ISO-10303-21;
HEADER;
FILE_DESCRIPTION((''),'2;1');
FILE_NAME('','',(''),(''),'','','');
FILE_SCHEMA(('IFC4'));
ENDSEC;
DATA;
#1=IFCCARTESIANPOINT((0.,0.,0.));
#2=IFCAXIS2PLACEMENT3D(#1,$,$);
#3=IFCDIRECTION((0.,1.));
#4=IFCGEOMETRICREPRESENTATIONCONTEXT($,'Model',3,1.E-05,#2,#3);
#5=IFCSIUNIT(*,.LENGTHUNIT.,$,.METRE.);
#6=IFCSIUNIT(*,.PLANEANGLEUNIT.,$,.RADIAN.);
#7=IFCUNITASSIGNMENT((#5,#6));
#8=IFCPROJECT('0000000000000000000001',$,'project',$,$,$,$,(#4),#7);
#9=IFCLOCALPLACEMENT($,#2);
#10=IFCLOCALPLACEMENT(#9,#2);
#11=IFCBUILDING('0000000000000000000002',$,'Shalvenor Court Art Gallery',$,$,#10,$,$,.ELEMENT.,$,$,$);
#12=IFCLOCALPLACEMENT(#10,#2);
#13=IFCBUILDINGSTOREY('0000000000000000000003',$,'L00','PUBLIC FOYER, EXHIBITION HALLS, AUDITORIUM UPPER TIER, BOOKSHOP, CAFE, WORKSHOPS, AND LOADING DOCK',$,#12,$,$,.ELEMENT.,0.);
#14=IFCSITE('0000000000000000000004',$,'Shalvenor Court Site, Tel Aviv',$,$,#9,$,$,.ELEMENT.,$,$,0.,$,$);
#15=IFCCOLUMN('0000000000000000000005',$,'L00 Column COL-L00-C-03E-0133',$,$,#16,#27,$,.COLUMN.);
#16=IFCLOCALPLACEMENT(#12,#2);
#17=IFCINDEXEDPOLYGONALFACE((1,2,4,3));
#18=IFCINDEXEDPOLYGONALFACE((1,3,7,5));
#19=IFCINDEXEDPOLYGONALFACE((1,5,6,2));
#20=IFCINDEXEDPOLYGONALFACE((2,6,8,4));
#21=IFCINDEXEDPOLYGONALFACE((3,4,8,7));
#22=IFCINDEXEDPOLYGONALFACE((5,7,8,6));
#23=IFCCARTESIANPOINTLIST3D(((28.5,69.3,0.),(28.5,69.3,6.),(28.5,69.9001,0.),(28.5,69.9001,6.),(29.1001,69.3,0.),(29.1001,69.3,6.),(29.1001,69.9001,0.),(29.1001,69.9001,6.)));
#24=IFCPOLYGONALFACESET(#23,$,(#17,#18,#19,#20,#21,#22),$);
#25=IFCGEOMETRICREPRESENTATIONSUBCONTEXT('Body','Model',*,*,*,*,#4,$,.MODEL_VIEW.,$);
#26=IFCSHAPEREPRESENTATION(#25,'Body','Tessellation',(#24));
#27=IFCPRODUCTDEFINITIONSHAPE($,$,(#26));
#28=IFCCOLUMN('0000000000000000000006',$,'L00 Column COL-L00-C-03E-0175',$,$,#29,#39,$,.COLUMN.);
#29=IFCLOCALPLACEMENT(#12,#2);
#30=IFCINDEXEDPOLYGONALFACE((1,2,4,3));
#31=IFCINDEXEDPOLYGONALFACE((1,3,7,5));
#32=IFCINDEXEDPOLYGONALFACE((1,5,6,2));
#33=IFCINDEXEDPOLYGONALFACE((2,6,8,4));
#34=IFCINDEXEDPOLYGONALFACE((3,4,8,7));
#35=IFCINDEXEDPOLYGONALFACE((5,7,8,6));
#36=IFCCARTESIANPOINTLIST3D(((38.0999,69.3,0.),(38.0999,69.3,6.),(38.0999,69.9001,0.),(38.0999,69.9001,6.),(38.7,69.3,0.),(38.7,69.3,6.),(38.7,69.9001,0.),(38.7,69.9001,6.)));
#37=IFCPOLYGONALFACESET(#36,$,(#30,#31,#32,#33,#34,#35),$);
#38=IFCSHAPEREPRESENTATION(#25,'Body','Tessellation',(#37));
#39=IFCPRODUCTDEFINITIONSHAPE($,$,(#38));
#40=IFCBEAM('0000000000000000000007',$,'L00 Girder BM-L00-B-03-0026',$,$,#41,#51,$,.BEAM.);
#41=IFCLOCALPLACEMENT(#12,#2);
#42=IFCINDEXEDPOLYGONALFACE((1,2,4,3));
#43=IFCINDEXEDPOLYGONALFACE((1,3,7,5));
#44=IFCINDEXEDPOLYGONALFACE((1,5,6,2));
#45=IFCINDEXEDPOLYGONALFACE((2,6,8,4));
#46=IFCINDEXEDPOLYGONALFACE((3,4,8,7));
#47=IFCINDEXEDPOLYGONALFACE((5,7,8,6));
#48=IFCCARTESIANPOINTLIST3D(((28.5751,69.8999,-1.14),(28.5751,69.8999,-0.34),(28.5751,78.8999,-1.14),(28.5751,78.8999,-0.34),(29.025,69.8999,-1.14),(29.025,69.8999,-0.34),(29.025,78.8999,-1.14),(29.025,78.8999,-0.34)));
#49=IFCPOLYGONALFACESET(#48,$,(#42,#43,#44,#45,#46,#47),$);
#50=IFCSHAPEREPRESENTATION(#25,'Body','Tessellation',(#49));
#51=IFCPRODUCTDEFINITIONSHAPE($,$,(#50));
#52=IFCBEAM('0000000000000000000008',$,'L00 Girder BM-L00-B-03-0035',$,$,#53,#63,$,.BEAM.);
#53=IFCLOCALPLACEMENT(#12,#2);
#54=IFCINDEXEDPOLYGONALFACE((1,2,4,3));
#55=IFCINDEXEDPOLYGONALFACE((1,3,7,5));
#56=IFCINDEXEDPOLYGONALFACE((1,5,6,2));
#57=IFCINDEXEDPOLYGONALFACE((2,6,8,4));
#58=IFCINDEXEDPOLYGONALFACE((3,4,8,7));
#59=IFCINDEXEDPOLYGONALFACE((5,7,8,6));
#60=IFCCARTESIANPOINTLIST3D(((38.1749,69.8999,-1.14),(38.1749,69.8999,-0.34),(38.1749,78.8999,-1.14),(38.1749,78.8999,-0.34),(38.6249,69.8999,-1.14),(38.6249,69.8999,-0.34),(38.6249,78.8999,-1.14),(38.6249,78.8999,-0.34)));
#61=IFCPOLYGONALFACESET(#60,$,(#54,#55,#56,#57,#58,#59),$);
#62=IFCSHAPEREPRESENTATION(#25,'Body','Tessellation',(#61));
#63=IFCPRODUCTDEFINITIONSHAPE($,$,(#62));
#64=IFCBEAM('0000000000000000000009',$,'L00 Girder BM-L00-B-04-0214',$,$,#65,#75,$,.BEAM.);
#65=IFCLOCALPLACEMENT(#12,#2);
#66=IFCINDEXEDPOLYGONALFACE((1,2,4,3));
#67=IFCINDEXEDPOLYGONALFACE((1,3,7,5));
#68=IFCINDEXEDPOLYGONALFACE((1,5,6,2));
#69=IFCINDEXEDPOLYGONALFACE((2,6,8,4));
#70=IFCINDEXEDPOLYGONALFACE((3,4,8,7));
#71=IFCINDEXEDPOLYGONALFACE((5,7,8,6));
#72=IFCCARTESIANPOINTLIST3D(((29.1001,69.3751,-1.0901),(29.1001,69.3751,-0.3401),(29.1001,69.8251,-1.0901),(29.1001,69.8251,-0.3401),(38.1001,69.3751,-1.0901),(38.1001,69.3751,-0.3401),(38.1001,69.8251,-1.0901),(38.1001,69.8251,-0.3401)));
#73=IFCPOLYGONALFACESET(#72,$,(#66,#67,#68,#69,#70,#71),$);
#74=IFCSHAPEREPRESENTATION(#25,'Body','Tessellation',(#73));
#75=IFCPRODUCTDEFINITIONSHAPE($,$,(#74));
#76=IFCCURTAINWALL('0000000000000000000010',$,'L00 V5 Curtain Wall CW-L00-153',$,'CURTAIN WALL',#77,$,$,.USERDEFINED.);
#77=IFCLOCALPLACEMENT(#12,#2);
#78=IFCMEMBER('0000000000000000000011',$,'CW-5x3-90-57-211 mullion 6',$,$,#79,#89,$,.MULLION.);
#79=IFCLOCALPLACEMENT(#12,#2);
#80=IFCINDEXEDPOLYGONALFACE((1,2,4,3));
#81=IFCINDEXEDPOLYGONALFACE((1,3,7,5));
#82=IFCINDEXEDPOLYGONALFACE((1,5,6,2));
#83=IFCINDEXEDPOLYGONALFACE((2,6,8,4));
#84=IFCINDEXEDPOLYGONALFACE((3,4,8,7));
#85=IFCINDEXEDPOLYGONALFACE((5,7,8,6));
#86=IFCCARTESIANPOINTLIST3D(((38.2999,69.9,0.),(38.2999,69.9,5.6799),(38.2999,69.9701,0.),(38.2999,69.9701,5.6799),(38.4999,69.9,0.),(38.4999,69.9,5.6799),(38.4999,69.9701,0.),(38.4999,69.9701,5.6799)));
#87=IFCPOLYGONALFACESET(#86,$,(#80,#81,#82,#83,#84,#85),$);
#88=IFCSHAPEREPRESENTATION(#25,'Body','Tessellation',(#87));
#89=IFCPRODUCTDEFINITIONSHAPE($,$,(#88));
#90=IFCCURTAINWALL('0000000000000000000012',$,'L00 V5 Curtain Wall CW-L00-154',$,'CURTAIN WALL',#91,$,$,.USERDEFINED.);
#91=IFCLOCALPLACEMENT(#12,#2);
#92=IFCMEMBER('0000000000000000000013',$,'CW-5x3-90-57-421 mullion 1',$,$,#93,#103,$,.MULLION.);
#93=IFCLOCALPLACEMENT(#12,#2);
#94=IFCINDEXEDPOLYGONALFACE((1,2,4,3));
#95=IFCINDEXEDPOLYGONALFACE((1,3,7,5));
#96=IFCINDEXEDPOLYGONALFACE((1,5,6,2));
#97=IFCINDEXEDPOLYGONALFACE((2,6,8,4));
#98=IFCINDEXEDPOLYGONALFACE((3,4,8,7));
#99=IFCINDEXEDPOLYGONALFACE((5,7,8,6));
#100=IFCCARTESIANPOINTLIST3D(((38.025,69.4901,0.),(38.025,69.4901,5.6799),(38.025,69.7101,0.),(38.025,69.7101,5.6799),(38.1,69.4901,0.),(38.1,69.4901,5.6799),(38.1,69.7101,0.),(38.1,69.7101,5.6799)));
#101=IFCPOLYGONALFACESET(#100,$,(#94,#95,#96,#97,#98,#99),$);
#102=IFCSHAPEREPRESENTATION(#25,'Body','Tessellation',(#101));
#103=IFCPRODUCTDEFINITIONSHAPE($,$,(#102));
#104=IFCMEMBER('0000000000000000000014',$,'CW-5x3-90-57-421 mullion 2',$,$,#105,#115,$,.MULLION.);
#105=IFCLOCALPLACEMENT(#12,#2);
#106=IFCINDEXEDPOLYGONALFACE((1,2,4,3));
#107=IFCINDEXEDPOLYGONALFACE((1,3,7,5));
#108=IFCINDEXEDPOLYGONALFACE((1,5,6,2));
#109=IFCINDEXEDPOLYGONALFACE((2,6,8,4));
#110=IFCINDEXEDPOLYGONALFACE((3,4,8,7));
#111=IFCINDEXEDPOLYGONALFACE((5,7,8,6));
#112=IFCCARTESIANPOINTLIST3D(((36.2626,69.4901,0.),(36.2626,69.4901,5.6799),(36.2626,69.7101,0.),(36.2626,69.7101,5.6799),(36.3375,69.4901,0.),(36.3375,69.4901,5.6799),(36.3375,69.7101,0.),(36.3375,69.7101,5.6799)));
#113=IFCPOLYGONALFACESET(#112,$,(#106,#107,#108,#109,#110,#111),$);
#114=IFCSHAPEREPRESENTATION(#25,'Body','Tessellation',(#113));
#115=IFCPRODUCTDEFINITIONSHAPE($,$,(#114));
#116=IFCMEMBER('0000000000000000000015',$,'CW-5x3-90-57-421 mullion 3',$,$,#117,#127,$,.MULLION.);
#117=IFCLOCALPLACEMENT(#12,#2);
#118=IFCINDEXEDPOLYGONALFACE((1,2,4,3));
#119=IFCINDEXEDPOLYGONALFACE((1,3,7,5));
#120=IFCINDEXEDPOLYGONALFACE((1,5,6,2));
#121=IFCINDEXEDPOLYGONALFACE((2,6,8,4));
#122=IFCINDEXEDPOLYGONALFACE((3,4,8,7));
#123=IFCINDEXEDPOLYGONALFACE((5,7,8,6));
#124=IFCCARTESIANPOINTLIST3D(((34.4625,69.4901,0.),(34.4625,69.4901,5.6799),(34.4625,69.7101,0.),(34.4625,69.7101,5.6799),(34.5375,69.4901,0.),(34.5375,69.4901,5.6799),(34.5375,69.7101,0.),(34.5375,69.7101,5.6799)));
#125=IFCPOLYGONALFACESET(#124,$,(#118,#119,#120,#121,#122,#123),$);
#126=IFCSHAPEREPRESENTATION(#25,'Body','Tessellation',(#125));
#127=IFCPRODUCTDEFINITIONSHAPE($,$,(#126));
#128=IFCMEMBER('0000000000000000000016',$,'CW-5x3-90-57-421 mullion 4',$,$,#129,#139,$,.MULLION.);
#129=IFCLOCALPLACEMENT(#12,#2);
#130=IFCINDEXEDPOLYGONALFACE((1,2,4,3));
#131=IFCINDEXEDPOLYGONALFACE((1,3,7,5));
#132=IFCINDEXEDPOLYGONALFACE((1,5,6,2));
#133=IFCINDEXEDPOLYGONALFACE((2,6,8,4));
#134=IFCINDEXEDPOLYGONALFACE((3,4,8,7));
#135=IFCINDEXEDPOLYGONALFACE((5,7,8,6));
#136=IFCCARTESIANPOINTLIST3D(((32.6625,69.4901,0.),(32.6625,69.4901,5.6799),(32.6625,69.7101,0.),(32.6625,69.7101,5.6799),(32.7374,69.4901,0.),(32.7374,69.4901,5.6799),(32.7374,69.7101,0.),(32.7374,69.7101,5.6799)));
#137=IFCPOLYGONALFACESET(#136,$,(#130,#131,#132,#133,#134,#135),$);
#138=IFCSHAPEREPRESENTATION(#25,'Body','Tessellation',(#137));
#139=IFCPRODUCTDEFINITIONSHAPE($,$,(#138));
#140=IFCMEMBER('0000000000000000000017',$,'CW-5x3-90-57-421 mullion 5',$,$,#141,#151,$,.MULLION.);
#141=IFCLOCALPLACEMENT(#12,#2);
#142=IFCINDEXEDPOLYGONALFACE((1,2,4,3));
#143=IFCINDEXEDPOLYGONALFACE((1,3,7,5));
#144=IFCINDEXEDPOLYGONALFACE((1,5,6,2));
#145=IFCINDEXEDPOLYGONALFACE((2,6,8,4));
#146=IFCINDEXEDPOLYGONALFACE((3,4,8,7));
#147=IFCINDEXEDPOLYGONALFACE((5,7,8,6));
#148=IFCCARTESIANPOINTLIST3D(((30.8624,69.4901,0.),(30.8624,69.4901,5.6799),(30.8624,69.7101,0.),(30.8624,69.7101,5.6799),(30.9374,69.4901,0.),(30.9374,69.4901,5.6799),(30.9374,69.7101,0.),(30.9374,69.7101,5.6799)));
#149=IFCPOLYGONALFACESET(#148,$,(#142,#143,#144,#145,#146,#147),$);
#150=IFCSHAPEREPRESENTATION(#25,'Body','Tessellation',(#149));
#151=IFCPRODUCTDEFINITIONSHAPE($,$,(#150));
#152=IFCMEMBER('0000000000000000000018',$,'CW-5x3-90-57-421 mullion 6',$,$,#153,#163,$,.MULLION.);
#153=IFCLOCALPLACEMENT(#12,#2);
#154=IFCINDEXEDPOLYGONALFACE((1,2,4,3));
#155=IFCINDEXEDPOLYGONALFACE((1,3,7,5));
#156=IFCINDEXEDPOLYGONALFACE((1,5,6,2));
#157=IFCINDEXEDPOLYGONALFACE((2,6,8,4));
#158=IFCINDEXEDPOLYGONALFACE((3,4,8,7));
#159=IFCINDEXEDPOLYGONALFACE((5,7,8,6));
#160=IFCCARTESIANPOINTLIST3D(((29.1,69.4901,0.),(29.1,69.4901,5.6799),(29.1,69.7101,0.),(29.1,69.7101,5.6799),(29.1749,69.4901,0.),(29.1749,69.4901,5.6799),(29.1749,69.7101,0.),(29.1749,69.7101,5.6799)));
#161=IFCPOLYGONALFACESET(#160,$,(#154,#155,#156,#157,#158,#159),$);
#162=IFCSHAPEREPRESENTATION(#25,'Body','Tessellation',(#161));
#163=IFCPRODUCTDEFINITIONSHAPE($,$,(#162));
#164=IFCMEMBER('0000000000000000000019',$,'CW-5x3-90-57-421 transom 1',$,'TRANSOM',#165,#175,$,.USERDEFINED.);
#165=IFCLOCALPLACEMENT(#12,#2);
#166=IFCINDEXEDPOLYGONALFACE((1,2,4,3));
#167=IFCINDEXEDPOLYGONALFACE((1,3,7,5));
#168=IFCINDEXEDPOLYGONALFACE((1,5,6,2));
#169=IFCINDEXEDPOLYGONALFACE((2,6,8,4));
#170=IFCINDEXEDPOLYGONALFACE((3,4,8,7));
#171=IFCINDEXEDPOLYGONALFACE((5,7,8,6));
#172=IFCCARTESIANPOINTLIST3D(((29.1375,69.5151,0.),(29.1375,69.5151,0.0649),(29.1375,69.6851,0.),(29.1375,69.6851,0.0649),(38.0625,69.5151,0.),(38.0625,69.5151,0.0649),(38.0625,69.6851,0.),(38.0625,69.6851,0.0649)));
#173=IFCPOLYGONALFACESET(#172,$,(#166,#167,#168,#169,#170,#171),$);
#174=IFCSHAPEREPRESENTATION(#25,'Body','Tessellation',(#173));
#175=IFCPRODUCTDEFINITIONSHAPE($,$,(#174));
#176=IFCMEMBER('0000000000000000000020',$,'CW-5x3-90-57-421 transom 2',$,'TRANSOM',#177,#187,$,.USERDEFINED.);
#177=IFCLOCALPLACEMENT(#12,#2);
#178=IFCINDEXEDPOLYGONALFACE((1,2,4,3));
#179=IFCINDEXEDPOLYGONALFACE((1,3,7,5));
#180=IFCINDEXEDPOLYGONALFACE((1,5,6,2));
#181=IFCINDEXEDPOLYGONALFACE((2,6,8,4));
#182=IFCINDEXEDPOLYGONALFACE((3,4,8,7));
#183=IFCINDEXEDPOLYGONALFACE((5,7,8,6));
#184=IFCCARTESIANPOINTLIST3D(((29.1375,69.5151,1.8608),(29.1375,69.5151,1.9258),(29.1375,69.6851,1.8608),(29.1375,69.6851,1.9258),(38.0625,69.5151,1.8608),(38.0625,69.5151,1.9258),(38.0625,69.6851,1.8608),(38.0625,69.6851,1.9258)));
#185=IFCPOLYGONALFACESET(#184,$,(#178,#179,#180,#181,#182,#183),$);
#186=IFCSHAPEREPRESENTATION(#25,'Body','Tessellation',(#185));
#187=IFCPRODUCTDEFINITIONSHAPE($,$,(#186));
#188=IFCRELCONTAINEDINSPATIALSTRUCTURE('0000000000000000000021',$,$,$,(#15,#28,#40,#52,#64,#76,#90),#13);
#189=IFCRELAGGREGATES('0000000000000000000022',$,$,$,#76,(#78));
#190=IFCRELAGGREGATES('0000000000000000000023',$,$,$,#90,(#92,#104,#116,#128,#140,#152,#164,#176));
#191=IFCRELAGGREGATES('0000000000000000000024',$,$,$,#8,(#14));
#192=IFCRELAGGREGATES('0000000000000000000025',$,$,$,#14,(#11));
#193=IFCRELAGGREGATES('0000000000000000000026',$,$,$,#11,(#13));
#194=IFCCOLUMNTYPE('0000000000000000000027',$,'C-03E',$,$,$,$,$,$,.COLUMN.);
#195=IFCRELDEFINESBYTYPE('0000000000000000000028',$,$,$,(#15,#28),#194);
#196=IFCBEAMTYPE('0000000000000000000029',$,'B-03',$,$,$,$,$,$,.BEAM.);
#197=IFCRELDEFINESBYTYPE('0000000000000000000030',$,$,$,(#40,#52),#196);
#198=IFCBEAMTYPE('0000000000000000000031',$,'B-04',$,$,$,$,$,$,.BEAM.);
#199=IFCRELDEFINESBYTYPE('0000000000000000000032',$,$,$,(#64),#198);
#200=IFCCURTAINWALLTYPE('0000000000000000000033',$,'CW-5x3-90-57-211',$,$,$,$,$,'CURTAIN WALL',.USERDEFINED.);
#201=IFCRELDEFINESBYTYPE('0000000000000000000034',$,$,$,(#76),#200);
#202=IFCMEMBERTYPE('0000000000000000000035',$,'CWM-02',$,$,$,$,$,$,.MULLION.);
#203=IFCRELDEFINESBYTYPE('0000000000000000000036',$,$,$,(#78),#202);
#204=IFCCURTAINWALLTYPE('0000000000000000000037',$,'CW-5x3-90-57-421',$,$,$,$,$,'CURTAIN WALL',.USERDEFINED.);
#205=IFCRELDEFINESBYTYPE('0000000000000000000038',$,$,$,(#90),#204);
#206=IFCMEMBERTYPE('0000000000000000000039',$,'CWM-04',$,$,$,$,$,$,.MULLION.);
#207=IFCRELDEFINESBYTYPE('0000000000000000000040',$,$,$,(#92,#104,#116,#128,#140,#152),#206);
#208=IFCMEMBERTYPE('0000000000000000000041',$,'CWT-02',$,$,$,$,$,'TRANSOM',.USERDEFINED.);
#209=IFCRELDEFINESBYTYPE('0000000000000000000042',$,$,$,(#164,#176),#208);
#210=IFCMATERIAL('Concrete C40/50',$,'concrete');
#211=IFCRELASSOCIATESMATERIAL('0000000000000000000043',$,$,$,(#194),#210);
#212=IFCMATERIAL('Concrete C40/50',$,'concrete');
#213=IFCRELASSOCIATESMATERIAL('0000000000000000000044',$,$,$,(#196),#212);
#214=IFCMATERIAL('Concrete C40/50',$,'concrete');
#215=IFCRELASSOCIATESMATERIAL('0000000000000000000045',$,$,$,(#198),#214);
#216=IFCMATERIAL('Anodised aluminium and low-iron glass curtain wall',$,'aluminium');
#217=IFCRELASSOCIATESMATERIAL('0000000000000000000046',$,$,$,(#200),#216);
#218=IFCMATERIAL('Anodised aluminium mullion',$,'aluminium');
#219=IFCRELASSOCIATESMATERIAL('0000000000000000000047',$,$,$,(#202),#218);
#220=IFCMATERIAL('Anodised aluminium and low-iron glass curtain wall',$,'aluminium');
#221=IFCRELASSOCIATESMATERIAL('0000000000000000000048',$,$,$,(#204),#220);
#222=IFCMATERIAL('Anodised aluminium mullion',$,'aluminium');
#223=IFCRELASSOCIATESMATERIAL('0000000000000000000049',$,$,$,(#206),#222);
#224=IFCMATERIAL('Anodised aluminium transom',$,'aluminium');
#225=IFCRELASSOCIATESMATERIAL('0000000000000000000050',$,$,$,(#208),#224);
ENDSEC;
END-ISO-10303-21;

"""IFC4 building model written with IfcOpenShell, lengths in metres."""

from ifc_helpers import new_model, si_unit, direction, frame, origin, origin_2d, place, context, subcontext, project, spatial, rectangle, extrude, material, material_profile, profile_set, type_object, element, aggregate, save


model = new_model("IFC4")

# Units and contexts
model_context = context("Model", 3, precision=1e-05, world=origin(), true_north=direction((0.0, 1.0)))
body_context = subcontext(model_context, "Body", "Model", "MODEL_VIEW")
ifc_project = project(units=[si_unit("LENGTHUNIT", "METRE"), si_unit("PLANEANGLEUNIT", "RADIAN")], contexts=[model_context])

# Site, building, storey
site_placement = place(None, origin())
site = spatial("IfcSite", under=ifc_project, at=site_placement, Name="Shalvenor Court Site, Tel Aviv", CompositionType="ELEMENT", RefElevation=0.0)
building_placement = place(site_placement, origin())
building = spatial("IfcBuilding", under=site, at=building_placement, Name="Shalvenor Court Art Gallery", CompositionType="ELEMENT")
storey_placement = place(building_placement, origin())
storey = spatial("IfcBuildingStorey", under=building, at=storey_placement, Name="L00", Description="PUBLIC FOYER, EXHIBITION HALLS, AUDITORIUM UPPER TIER, BOOKSHOP, CAFE, WORKSHOPS, AND LOADING DOCK", CompositionType="ELEMENT", Elevation=0.0)

# Columns
ifc_material_1 = material(Name="Concrete C40/50", Category="concrete")
ifc_material_profile_1 = material_profile(ifc_material_1, rectangle(XDim=0.6001, YDim=0.6001, at=origin_2d()), Name="RC 600x600")
ifc_profile_set_1 = profile_set([ifc_material_profile_1], Name="Concrete C40/50")
column_type = type_object("IfcColumnType", Name="C-03E", PredefinedType="COLUMN", material=ifc_profile_set_1)
for number, where, z_axis, x_axis, name in (
    (1, (28.8, 69.6001, 0.0), (0.0, 0.0, 1.0), (1.0, 0.0, 0.0), "L00 Column COL-L00-C-03E-0133"),
    (2, (38.3999, 69.6001, 0.0), (0.0, 0.0, 1.0), (1.0, 0.0, 0.0), "L00 Column COL-L00-C-03E-0175"),
):
    element("IfcColumn", number, at=place(storey_placement, frame(where, z_axis=z_axis, x_axis=x_axis)), inside=storey, type_object=column_type, Name=name, PredefinedType="COLUMN", context=body_context, shape_type="SweptSolid", body=[
        extrude(rectangle(XDim=0.6001, YDim=0.6001, at=origin_2d()), origin(), (0.0, 0.0, 1.0), 6.0),
    ])

# Beams
ifc_material_2 = material(Name="Concrete C40/50", Category="concrete")
ifc_material_profile_2 = material_profile(ifc_material_2, rectangle(XDim=0.45, YDim=0.8, at=origin_2d()), Name="RC 450x800")
ifc_profile_set_2 = profile_set([ifc_material_profile_2], Name="Concrete C40/50")
beam_type_1 = type_object("IfcBeamType", Name="B-03", PredefinedType="BEAM", material=ifc_profile_set_2)
for number, where, z_axis, x_axis, name in (
    (3, (28.8, 69.8999, -0.74), (0.0, 1.0, 0.0), (-1.0, 0.0, 0.0), "L00 Girder BM-L00-B-03-0026"),
    (4, (38.3999, 69.8999, -0.74), (0.0, 1.0, 0.0), (-1.0, 0.0, 0.0), "L00 Girder BM-L00-B-03-0035"),
):
    element("IfcBeam", number, at=place(storey_placement, frame(where, z_axis=z_axis, x_axis=x_axis)), inside=storey, type_object=beam_type_1, Name=name, PredefinedType="BEAM", context=body_context, shape_type="SweptSolid", body=[
        extrude(rectangle(XDim=0.45, YDim=0.8, at=origin_2d()), origin(), (0.0, 0.0, 1.0), 9.0),
    ])
ifc_material_3 = material(Name="Concrete C40/50", Category="concrete")
ifc_material_profile_3 = material_profile(ifc_material_3, rectangle(XDim=0.45, YDim=0.75, at=origin_2d()), Name="RC 450x750")
ifc_profile_set_3 = profile_set([ifc_material_profile_3], Name="Concrete C40/50")
beam_type_2 = type_object("IfcBeamType", Name="B-04", PredefinedType="BEAM", material=ifc_profile_set_3)
beam_placement = place(storey_placement, frame((29.1001, 69.6001, -0.7151), z_axis=(1.0, 0.0, 0.0), x_axis=(0.0, 1.0, 0.0)))
element("IfcBeam", 5, at=beam_placement, inside=storey, type_object=beam_type_2, Name="L00 Girder BM-L00-B-04-0214", PredefinedType="BEAM", context=body_context, shape_type="SweptSolid", body=[
    extrude(rectangle(XDim=0.45, YDim=0.75, at=origin_2d()), origin(), (0.0, 0.0, 1.0), 9.0),
])

# Curtain wall, member
ifc_material_4 = material(Name="Anodised aluminium and low-iron glass curtain wall", Category="aluminium")
curtain_wall_type_1 = type_object("IfcCurtainWallType", Name="CW-5x3-90-57-211", ElementType="CURTAIN WALL", PredefinedType="USERDEFINED", material=ifc_material_4)
curtain_wall_1_placement = place(storey_placement, origin())
curtain_wall_1 = element("IfcCurtainWall", 6, at=curtain_wall_1_placement, inside=storey, type_object=curtain_wall_type_1, Name="L00 V5 Curtain Wall CW-L00-153", ObjectType="CURTAIN WALL", PredefinedType="USERDEFINED")
ifc_material_5 = material(Name="Anodised aluminium mullion", Category="aluminium")
ifc_material_profile_4 = material_profile(ifc_material_5, rectangle(XDim=0.0701, YDim=0.2, at=origin_2d()), Name="CWM-02")
ifc_profile_set_4 = profile_set([ifc_material_profile_4], Name="Anodised aluminium mullion")
member_type_1 = type_object("IfcMemberType", Name="CWM-02", PredefinedType="MULLION", material=ifc_profile_set_4)
member_1_placement = place(storey_placement, frame((38.3999, 69.9351, 0.0), z_axis=(0.0, 0.0, 1.0), x_axis=(0.0, -1.0, 0.0)))
member_1 = element("IfcMember", 7, at=member_1_placement, type_object=member_type_1, Name="CW-5x3-90-57-211 mullion 6", PredefinedType="MULLION", context=body_context, shape_type="SweptSolid", body=[
    extrude(rectangle(XDim=0.0701, YDim=0.2, at=origin_2d()), origin(), (0.0, 0.0, 1.0), 5.6799),
])

# Curtain wall, members
ifc_material_6 = material(Name="Anodised aluminium and low-iron glass curtain wall", Category="aluminium")
curtain_wall_type_2 = type_object("IfcCurtainWallType", Name="CW-5x3-90-57-421", ElementType="CURTAIN WALL", PredefinedType="USERDEFINED", material=ifc_material_6)
curtain_wall_2_placement = place(storey_placement, origin())
curtain_wall_2 = element("IfcCurtainWall", 8, at=curtain_wall_2_placement, inside=storey, type_object=curtain_wall_type_2, Name="L00 V5 Curtain Wall CW-L00-154", ObjectType="CURTAIN WALL", PredefinedType="USERDEFINED")
ifc_material_7 = material(Name="Anodised aluminium mullion", Category="aluminium")
ifc_material_profile_5 = material_profile(ifc_material_7, rectangle(XDim=0.075, YDim=0.22, at=origin_2d()), Name="CWM-04")
ifc_profile_set_5 = profile_set([ifc_material_profile_5], Name="Anodised aluminium mullion")
member_type_2 = type_object("IfcMemberType", Name="CWM-04", PredefinedType="MULLION", material=ifc_profile_set_5)
member_2_placement = place(storey_placement, frame((38.0625, 69.6001, 0.0), z_axis=(0.0, 0.0, 1.0), x_axis=(-1.0, 0.0, 0.0)))
member_2 = element("IfcMember", 9, at=member_2_placement, type_object=member_type_2, Name="CW-5x3-90-57-421 mullion 1", PredefinedType="MULLION", context=body_context, shape_type="SweptSolid", body=[
    extrude(rectangle(XDim=0.075, YDim=0.22, at=origin_2d()), origin(), (0.0, 0.0, 1.0), 5.6799),
])
member_3_placement = place(storey_placement, frame((36.3, 69.6001, 0.0), z_axis=(0.0, 0.0, 1.0), x_axis=(-1.0, 0.0, 0.0)))
member_3 = element("IfcMember", 10, at=member_3_placement, type_object=member_type_2, Name="CW-5x3-90-57-421 mullion 2", PredefinedType="MULLION", context=body_context, shape_type="SweptSolid", body=[
    extrude(rectangle(XDim=0.075, YDim=0.22, at=origin_2d()), origin(), (0.0, 0.0, 1.0), 5.6799),
])
member_4_placement = place(storey_placement, frame((34.5, 69.6001, 0.0), z_axis=(0.0, 0.0, 1.0), x_axis=(-1.0, 0.0, 0.0)))
member_4 = element("IfcMember", 11, at=member_4_placement, type_object=member_type_2, Name="CW-5x3-90-57-421 mullion 3", PredefinedType="MULLION", context=body_context, shape_type="SweptSolid", body=[
    extrude(rectangle(XDim=0.075, YDim=0.22, at=origin_2d()), origin(), (0.0, 0.0, 1.0), 5.6799),
])
member_5_placement = place(storey_placement, frame((32.7, 69.6001, 0.0), z_axis=(0.0, 0.0, 1.0), x_axis=(-1.0, 0.0, 0.0)))
member_5 = element("IfcMember", 12, at=member_5_placement, type_object=member_type_2, Name="CW-5x3-90-57-421 mullion 4", PredefinedType="MULLION", context=body_context, shape_type="SweptSolid", body=[
    extrude(rectangle(XDim=0.075, YDim=0.22, at=origin_2d()), origin(), (0.0, 0.0, 1.0), 5.6799),
])
member_6_placement = place(storey_placement, frame((30.8999, 69.6001, 0.0), z_axis=(0.0, 0.0, 1.0), x_axis=(-1.0, 0.0, 0.0)))
member_6 = element("IfcMember", 13, at=member_6_placement, type_object=member_type_2, Name="CW-5x3-90-57-421 mullion 5", PredefinedType="MULLION", context=body_context, shape_type="SweptSolid", body=[
    extrude(rectangle(XDim=0.075, YDim=0.22, at=origin_2d()), origin(), (0.0, 0.0, 1.0), 5.6799),
])
member_7_placement = place(storey_placement, frame((29.1375, 69.6001, 0.0), z_axis=(0.0, 0.0, 1.0), x_axis=(-1.0, 0.0, 0.0)))
member_7 = element("IfcMember", 14, at=member_7_placement, type_object=member_type_2, Name="CW-5x3-90-57-421 mullion 6", PredefinedType="MULLION", context=body_context, shape_type="SweptSolid", body=[
    extrude(rectangle(XDim=0.075, YDim=0.22, at=origin_2d()), origin(), (0.0, 0.0, 1.0), 5.6799),
])
ifc_material_8 = material(Name="Anodised aluminium transom", Category="aluminium")
ifc_material_profile_6 = material_profile(ifc_material_8, rectangle(XDim=0.1699, YDim=0.0649, at=origin_2d()), Name="CWT-02")
ifc_profile_set_6 = profile_set([ifc_material_profile_6], Name="Anodised aluminium transom")
member_type_3 = type_object("IfcMemberType", Name="CWT-02", ElementType="TRANSOM", PredefinedType="USERDEFINED", material=ifc_profile_set_6)
member_8_placement = place(storey_placement, frame((38.0625, 69.6001, 0.0325), z_axis=(-1.0, 0.0, 0.0), x_axis=(0.0, -1.0, 0.0)))
member_8 = element("IfcMember", 15, at=member_8_placement, type_object=member_type_3, Name="CW-5x3-90-57-421 transom 1", ObjectType="TRANSOM", PredefinedType="USERDEFINED", context=body_context, shape_type="SweptSolid", body=[
    extrude(rectangle(XDim=0.1699, YDim=0.0649, at=origin_2d()), origin(), (0.0, 0.0, 1.0), 8.925),
])
member_9_placement = place(storey_placement, frame((38.0625, 69.6001, 1.8933), z_axis=(-1.0, 0.0, 0.0), x_axis=(0.0, -1.0, 0.0)))
member_9 = element("IfcMember", 16, at=member_9_placement, type_object=member_type_3, Name="CW-5x3-90-57-421 transom 2", ObjectType="TRANSOM", PredefinedType="USERDEFINED", context=body_context, shape_type="SweptSolid", body=[
    extrude(rectangle(XDim=0.1699, YDim=0.0649, at=origin_2d()), origin(), (0.0, 0.0, 1.0), 8.925),
])

aggregate(curtain_wall_1, [member_1])
aggregate(curtain_wall_2, [member_2, member_3, member_4, member_5, member_6, member_7, member_8, member_9])

save(model, "model.ifc")
